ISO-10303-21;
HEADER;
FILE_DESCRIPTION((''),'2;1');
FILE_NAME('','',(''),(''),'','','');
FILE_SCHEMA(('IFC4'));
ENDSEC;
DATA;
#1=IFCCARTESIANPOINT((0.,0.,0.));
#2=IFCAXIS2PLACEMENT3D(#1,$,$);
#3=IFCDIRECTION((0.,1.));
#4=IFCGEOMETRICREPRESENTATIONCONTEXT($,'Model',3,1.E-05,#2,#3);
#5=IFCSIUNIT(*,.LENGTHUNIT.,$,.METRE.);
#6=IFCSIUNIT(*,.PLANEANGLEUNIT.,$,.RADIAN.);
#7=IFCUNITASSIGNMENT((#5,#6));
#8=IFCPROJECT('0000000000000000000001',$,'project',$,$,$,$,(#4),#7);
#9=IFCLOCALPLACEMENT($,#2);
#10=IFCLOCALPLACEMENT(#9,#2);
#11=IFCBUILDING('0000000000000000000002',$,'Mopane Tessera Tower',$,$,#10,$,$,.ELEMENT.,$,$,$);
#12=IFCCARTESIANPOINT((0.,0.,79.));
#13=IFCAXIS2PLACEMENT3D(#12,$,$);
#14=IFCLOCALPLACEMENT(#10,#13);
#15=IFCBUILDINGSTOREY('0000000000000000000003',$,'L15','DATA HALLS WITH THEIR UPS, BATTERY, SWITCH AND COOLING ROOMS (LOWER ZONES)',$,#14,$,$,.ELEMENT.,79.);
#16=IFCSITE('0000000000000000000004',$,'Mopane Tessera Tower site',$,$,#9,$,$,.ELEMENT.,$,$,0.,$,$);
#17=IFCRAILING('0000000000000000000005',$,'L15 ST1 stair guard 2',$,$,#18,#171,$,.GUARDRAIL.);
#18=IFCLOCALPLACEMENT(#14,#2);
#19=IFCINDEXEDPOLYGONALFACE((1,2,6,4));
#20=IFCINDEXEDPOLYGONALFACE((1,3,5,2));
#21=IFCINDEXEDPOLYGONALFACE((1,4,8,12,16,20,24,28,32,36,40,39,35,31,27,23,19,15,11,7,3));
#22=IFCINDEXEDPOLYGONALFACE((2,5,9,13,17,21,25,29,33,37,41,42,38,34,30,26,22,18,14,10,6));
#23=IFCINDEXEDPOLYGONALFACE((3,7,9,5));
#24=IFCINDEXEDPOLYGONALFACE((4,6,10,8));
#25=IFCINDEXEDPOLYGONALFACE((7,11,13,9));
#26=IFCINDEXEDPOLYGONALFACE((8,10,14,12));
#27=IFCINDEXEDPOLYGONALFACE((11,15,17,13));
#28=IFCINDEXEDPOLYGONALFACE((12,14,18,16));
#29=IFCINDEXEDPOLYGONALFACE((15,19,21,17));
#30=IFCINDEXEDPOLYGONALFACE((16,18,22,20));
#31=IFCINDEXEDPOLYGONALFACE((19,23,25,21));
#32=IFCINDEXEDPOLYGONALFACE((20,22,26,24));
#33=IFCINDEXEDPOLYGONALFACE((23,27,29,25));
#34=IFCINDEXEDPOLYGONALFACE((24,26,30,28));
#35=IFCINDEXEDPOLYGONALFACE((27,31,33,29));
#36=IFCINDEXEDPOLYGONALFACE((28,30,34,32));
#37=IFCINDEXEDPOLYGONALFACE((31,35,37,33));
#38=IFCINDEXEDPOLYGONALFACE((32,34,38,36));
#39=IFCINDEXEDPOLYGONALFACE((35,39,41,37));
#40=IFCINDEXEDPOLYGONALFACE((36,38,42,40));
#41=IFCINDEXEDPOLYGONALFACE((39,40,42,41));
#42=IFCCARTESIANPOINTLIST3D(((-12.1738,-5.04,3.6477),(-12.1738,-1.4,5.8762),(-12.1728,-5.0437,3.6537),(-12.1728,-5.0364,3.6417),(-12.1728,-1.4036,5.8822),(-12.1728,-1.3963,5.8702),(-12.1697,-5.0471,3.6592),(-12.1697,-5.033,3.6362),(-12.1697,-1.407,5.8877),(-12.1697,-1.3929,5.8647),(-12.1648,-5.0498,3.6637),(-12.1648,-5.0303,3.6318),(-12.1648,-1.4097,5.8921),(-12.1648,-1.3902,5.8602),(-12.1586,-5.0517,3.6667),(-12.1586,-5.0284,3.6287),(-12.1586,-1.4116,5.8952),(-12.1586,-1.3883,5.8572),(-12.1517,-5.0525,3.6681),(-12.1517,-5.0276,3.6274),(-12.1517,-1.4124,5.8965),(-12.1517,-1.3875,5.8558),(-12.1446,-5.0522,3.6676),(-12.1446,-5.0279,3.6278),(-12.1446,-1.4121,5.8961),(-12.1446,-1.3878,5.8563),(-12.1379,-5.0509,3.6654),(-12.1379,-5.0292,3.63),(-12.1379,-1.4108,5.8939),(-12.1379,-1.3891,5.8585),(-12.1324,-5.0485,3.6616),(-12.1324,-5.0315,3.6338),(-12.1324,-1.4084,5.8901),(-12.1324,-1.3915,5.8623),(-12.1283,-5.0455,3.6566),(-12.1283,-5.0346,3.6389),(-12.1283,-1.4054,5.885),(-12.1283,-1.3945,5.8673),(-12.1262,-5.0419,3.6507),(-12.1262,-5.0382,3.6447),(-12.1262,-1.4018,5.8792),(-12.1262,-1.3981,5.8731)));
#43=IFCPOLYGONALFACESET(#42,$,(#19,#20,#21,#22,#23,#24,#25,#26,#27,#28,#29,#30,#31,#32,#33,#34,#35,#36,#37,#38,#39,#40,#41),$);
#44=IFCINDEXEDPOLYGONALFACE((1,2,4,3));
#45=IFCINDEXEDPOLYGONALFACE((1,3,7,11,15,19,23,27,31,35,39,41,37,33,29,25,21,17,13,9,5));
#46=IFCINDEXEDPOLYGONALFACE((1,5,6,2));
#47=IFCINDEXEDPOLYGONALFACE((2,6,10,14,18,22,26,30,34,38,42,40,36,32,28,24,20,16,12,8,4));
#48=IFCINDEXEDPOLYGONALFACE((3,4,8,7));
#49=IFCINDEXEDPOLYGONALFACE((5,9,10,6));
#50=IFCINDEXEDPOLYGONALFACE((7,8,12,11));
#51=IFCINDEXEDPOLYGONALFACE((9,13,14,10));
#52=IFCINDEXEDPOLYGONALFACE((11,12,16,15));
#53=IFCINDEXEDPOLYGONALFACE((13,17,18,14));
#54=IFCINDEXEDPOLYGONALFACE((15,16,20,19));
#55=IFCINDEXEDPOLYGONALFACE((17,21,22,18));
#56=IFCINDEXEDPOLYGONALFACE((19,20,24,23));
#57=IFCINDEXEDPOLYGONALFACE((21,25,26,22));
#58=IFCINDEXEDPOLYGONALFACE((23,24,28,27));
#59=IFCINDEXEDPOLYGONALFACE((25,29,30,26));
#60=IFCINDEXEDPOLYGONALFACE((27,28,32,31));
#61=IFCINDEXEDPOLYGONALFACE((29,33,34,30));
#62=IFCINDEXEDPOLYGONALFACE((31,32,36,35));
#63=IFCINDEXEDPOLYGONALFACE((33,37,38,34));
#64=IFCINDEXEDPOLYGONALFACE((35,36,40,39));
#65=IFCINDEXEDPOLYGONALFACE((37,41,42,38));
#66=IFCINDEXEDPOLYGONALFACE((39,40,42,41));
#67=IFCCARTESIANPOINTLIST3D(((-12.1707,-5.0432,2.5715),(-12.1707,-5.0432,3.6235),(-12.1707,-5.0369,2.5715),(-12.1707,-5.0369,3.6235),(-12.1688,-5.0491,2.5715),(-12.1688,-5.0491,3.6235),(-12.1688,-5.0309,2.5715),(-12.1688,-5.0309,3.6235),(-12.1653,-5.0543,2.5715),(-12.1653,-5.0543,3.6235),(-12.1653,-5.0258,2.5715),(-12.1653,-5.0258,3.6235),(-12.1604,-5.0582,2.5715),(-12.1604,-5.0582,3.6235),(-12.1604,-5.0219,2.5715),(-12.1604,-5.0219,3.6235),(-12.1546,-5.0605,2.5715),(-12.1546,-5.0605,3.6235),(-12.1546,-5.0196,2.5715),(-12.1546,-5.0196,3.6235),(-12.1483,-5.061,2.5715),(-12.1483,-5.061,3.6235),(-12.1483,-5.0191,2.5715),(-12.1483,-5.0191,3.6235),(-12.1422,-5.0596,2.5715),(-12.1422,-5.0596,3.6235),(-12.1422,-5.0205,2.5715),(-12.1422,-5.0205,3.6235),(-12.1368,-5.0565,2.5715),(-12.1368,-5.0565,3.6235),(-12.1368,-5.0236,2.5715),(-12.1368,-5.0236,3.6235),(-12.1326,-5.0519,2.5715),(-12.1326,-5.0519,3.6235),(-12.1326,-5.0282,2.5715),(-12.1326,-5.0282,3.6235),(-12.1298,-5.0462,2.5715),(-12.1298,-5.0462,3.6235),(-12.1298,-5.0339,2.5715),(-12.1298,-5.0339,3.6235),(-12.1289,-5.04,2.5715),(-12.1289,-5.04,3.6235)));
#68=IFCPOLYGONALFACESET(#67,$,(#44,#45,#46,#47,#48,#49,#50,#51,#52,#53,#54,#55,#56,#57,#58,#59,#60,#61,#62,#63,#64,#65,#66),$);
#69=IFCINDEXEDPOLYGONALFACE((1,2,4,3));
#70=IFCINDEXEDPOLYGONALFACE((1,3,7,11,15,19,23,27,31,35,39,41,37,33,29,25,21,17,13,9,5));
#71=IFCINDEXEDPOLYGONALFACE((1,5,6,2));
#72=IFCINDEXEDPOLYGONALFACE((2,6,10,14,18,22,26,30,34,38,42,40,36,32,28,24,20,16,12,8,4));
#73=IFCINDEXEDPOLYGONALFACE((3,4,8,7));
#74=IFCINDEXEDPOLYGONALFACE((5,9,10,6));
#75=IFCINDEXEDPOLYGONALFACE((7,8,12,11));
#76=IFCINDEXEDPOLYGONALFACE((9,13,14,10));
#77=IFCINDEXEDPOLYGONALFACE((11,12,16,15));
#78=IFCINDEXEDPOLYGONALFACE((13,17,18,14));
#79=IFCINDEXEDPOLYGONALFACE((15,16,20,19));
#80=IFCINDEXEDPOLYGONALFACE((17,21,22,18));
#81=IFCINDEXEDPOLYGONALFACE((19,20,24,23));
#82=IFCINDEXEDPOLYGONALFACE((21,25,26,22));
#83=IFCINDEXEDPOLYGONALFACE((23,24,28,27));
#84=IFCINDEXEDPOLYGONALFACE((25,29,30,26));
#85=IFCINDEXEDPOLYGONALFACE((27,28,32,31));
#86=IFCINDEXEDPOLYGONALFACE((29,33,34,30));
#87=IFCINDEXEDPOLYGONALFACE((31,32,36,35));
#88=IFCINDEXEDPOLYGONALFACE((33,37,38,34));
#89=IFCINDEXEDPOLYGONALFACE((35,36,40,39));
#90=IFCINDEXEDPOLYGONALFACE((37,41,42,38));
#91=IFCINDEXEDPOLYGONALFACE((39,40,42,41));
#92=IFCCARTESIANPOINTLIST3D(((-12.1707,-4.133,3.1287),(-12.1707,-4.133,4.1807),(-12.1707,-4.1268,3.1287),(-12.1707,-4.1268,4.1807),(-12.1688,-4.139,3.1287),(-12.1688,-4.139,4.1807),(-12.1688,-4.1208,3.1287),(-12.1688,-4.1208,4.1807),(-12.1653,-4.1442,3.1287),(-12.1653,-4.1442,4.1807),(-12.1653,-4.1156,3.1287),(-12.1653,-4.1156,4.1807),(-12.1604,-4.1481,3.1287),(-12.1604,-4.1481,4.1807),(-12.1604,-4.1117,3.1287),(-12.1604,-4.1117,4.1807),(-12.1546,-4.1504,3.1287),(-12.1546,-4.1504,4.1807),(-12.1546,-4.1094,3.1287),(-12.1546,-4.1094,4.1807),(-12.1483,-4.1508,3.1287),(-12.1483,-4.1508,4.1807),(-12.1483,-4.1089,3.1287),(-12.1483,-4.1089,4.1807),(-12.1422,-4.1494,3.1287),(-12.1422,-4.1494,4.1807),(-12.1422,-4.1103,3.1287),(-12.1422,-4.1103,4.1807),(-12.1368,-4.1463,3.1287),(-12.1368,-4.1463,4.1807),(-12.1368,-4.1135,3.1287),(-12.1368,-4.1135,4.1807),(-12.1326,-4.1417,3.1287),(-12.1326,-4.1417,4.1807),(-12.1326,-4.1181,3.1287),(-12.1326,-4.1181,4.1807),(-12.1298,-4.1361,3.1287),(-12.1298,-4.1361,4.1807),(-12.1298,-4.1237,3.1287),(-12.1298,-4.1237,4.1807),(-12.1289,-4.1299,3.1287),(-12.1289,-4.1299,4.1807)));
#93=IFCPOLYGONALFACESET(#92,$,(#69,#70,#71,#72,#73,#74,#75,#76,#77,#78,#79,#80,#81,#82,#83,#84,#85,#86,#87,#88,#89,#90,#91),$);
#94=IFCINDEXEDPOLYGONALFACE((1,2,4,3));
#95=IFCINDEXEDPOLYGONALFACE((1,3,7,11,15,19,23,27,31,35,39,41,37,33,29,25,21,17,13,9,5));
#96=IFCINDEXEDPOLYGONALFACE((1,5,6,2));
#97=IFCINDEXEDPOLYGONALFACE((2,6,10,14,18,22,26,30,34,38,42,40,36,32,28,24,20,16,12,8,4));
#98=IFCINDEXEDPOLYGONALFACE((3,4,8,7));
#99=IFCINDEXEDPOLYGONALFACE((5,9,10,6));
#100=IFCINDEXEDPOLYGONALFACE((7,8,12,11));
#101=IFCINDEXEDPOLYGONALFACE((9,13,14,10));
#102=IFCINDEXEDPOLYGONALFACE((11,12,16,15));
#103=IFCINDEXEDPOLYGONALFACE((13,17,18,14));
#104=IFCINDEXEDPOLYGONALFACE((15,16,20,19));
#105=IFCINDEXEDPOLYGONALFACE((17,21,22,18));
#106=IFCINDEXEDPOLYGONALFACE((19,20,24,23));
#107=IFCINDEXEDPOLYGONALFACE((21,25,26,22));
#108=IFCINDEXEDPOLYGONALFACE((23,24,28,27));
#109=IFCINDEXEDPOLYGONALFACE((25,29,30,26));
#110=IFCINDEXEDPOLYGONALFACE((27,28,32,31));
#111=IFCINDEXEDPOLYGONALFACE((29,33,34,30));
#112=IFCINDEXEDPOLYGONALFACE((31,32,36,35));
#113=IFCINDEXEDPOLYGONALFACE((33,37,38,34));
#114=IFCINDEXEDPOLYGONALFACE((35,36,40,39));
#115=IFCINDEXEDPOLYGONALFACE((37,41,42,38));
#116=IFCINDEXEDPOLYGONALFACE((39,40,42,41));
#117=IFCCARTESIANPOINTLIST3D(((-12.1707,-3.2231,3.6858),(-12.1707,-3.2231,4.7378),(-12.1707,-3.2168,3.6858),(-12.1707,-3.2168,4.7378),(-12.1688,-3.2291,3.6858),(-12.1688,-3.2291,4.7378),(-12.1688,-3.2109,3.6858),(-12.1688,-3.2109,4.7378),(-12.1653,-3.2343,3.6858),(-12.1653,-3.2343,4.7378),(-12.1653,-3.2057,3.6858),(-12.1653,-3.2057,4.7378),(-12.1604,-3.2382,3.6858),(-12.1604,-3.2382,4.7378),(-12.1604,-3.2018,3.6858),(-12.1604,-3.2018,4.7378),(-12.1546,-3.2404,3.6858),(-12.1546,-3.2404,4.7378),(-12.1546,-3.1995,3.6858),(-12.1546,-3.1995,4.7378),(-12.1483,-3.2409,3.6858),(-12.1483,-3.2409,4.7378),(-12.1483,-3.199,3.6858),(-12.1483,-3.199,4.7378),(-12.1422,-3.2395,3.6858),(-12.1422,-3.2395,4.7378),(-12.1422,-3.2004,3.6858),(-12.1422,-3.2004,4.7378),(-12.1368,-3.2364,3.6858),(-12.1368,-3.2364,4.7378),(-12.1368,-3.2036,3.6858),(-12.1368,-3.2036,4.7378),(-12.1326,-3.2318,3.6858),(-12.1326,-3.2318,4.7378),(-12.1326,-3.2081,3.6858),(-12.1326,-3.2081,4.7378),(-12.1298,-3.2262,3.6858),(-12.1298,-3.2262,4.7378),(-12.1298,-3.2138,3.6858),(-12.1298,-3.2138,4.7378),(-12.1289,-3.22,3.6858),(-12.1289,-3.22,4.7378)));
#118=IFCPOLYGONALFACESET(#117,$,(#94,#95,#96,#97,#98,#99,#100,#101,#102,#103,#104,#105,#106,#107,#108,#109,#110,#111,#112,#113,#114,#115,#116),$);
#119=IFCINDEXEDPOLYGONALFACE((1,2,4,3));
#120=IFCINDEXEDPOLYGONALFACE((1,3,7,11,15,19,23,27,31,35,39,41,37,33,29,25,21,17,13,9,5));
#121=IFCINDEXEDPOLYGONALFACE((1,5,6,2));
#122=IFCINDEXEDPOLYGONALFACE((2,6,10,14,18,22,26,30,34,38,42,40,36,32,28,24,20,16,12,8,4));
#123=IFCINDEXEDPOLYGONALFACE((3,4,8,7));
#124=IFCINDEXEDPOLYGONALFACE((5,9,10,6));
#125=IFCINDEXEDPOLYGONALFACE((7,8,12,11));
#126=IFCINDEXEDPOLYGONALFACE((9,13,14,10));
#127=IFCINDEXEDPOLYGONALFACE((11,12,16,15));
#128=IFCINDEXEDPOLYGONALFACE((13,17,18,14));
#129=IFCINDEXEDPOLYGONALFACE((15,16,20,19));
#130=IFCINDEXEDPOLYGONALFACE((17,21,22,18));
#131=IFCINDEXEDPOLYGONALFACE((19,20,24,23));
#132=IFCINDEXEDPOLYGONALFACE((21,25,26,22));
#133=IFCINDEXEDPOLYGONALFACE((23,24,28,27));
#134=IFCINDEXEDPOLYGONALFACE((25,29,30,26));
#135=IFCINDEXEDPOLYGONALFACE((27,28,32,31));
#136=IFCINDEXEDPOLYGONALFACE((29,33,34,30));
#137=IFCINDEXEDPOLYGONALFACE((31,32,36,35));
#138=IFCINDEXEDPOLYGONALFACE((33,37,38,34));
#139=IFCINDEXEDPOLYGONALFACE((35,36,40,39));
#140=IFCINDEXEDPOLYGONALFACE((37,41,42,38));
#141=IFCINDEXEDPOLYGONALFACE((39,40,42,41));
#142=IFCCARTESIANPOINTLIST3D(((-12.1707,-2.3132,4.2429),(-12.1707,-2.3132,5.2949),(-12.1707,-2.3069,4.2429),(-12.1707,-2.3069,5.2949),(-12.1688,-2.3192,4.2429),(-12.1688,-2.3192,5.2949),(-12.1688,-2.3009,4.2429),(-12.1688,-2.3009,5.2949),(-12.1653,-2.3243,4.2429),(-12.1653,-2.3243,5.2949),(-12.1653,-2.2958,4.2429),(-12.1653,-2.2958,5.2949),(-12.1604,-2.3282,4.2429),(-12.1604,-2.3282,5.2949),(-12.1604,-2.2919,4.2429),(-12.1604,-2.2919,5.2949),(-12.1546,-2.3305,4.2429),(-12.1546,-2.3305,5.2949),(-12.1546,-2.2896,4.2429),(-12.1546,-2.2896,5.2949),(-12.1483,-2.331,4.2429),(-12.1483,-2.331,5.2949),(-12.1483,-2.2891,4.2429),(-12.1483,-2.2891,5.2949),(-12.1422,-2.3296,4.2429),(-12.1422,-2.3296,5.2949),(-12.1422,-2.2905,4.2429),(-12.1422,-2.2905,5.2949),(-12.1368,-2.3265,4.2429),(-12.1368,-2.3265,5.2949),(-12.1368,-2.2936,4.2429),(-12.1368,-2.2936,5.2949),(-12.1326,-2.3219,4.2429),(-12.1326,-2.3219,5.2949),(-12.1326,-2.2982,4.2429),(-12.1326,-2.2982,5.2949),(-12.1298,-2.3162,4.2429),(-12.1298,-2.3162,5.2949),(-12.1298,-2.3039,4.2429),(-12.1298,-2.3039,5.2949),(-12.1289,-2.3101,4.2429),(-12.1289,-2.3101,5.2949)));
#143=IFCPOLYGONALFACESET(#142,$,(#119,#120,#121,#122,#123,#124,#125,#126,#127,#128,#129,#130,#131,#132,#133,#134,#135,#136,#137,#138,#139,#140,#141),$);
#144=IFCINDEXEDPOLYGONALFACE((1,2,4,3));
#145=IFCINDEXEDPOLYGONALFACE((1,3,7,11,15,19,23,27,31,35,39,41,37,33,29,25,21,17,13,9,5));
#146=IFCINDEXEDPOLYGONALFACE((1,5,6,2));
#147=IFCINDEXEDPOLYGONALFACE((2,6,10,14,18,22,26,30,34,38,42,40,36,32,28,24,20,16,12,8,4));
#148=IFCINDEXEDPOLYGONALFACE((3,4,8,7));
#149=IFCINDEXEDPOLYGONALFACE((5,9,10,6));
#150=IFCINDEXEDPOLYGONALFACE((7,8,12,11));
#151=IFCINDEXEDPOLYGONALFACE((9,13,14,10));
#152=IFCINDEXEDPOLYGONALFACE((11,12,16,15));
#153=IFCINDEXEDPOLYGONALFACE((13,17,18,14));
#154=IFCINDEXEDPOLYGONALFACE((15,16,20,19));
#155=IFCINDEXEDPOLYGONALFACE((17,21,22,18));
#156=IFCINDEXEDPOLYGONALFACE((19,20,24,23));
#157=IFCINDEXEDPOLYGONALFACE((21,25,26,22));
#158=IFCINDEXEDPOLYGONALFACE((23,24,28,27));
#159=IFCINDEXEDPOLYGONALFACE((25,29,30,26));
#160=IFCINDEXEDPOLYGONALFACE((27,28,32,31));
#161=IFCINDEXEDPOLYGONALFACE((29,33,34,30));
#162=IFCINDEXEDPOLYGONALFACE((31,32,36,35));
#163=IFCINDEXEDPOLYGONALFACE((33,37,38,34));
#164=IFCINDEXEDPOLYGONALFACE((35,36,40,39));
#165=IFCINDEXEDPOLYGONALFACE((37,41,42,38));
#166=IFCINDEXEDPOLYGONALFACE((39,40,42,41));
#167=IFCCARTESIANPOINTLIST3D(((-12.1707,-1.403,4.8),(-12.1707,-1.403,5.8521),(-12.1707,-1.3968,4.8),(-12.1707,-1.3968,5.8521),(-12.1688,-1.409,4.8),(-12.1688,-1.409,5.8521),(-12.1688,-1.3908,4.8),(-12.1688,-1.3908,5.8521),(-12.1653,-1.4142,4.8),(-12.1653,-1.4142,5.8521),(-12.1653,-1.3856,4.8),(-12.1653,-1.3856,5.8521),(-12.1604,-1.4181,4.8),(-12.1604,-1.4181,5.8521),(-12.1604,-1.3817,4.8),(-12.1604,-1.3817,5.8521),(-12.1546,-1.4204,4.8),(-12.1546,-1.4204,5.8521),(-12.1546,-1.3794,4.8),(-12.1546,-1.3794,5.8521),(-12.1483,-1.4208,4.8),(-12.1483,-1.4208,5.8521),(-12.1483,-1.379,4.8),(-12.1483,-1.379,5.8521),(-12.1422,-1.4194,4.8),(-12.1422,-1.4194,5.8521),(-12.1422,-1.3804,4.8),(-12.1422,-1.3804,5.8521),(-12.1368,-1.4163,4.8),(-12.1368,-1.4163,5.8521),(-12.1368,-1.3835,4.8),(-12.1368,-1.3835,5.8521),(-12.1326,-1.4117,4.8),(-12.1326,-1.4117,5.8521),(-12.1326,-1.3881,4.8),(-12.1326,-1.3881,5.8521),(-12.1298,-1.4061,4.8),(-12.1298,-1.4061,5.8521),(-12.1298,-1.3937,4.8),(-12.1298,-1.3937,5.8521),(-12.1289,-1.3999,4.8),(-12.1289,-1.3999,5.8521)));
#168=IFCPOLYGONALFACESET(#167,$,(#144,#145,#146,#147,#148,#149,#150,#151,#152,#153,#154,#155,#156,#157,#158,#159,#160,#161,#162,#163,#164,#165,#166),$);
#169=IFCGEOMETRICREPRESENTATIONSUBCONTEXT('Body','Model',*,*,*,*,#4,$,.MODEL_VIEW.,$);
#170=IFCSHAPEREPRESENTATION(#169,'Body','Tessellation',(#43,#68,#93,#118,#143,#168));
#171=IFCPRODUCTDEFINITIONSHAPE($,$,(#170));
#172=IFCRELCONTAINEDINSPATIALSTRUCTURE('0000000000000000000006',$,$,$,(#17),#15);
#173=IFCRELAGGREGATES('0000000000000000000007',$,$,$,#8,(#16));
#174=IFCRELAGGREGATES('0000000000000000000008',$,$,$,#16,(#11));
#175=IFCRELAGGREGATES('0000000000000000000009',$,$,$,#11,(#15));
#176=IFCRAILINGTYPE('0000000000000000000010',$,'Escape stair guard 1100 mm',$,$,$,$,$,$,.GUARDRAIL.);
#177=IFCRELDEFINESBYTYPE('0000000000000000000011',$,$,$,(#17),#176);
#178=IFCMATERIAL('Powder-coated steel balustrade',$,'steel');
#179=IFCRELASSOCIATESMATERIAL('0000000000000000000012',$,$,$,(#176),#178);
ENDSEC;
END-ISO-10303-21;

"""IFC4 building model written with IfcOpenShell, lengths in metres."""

from ifc_helpers import new_model, si_unit, direction, frame, origin, origin_2d, place, context, subcontext, project, spatial, circle, extrude, material, type_object, element, save


model = new_model("IFC4")

# Units and contexts
model_context = context("Model", 3, precision=1e-05, world=origin(), true_north=direction((0.0, 1.0)))
body_context = subcontext(model_context, "Body", "Model", "MODEL_VIEW")
ifc_project = project(units=[si_unit("LENGTHUNIT", "METRE"), si_unit("PLANEANGLEUNIT", "RADIAN")], contexts=[model_context])

# Site, building, storey
site_placement = place(None, origin())
site = spatial("IfcSite", under=ifc_project, at=site_placement, Name="Mopane Tessera Tower site", CompositionType="ELEMENT", RefElevation=0.0)
building_placement = place(site_placement, origin())
building = spatial("IfcBuilding", under=site, at=building_placement, Name="Mopane Tessera Tower", CompositionType="ELEMENT")
storey_placement = place(building_placement, frame((0.0, 0.0, 79.0)))
storey = spatial("IfcBuildingStorey", under=building, at=storey_placement, Name="L15", Description="DATA HALLS WITH THEIR UPS, BATTERY, SWITCH AND COOLING ROOMS (LOWER ZONES)", CompositionType="ELEMENT", Elevation=79.0)

# Railing
ifc_material_1 = material(Name="Powder-coated steel balustrade", Category="steel")
railing_type_1 = type_object("IfcRailingType", Name="Escape stair guard 1100 mm", PredefinedType="GUARDRAIL", material=ifc_material_1)
railing_1_placement = place(storey_placement, frame((-12.1499, -5.04, 2.5715)))
element("IfcRailing", 1, at=railing_1_placement, inside=storey, type_object=railing_type_1, Name="L15 ST1 stair guard 2", PredefinedType="GUARDRAIL", context=body_context, shape_type="SweptSolid", body=[
    extrude(circle(Radius=0.0239, at=origin_2d()), frame((0.0, 0.0, 1.0762), z_axis=(0.0, 0.852866, 0.52213), x_axis=(-1.0, 0.0, 0.0)), (0.0, 0.0, 1.0), 4.2681),
    extrude(circle(Radius=0.021, at=origin_2d()), origin(), (0.0, 0.0, 1.0), 1.052),
    extrude(circle(Radius=0.021, at=origin_2d()), frame((0.0, 0.9102, 0.5571)), (0.0, 0.0, 1.0), 1.052),
    extrude(circle(Radius=0.021, at=origin_2d()), frame((0.0, 1.8201, 1.1143)), (0.0, 0.0, 1.0), 1.052),
    extrude(circle(Radius=0.021, at=origin_2d()), frame((0.0, 2.73, 1.6714)), (0.0, 0.0, 1.0), 1.052),
    extrude(circle(Radius=0.021, at=origin_2d()), frame((0.0, 3.6401, 2.2285)), (0.0, 0.0, 1.0), 1.052),
])

save(model, "model.ifc")
